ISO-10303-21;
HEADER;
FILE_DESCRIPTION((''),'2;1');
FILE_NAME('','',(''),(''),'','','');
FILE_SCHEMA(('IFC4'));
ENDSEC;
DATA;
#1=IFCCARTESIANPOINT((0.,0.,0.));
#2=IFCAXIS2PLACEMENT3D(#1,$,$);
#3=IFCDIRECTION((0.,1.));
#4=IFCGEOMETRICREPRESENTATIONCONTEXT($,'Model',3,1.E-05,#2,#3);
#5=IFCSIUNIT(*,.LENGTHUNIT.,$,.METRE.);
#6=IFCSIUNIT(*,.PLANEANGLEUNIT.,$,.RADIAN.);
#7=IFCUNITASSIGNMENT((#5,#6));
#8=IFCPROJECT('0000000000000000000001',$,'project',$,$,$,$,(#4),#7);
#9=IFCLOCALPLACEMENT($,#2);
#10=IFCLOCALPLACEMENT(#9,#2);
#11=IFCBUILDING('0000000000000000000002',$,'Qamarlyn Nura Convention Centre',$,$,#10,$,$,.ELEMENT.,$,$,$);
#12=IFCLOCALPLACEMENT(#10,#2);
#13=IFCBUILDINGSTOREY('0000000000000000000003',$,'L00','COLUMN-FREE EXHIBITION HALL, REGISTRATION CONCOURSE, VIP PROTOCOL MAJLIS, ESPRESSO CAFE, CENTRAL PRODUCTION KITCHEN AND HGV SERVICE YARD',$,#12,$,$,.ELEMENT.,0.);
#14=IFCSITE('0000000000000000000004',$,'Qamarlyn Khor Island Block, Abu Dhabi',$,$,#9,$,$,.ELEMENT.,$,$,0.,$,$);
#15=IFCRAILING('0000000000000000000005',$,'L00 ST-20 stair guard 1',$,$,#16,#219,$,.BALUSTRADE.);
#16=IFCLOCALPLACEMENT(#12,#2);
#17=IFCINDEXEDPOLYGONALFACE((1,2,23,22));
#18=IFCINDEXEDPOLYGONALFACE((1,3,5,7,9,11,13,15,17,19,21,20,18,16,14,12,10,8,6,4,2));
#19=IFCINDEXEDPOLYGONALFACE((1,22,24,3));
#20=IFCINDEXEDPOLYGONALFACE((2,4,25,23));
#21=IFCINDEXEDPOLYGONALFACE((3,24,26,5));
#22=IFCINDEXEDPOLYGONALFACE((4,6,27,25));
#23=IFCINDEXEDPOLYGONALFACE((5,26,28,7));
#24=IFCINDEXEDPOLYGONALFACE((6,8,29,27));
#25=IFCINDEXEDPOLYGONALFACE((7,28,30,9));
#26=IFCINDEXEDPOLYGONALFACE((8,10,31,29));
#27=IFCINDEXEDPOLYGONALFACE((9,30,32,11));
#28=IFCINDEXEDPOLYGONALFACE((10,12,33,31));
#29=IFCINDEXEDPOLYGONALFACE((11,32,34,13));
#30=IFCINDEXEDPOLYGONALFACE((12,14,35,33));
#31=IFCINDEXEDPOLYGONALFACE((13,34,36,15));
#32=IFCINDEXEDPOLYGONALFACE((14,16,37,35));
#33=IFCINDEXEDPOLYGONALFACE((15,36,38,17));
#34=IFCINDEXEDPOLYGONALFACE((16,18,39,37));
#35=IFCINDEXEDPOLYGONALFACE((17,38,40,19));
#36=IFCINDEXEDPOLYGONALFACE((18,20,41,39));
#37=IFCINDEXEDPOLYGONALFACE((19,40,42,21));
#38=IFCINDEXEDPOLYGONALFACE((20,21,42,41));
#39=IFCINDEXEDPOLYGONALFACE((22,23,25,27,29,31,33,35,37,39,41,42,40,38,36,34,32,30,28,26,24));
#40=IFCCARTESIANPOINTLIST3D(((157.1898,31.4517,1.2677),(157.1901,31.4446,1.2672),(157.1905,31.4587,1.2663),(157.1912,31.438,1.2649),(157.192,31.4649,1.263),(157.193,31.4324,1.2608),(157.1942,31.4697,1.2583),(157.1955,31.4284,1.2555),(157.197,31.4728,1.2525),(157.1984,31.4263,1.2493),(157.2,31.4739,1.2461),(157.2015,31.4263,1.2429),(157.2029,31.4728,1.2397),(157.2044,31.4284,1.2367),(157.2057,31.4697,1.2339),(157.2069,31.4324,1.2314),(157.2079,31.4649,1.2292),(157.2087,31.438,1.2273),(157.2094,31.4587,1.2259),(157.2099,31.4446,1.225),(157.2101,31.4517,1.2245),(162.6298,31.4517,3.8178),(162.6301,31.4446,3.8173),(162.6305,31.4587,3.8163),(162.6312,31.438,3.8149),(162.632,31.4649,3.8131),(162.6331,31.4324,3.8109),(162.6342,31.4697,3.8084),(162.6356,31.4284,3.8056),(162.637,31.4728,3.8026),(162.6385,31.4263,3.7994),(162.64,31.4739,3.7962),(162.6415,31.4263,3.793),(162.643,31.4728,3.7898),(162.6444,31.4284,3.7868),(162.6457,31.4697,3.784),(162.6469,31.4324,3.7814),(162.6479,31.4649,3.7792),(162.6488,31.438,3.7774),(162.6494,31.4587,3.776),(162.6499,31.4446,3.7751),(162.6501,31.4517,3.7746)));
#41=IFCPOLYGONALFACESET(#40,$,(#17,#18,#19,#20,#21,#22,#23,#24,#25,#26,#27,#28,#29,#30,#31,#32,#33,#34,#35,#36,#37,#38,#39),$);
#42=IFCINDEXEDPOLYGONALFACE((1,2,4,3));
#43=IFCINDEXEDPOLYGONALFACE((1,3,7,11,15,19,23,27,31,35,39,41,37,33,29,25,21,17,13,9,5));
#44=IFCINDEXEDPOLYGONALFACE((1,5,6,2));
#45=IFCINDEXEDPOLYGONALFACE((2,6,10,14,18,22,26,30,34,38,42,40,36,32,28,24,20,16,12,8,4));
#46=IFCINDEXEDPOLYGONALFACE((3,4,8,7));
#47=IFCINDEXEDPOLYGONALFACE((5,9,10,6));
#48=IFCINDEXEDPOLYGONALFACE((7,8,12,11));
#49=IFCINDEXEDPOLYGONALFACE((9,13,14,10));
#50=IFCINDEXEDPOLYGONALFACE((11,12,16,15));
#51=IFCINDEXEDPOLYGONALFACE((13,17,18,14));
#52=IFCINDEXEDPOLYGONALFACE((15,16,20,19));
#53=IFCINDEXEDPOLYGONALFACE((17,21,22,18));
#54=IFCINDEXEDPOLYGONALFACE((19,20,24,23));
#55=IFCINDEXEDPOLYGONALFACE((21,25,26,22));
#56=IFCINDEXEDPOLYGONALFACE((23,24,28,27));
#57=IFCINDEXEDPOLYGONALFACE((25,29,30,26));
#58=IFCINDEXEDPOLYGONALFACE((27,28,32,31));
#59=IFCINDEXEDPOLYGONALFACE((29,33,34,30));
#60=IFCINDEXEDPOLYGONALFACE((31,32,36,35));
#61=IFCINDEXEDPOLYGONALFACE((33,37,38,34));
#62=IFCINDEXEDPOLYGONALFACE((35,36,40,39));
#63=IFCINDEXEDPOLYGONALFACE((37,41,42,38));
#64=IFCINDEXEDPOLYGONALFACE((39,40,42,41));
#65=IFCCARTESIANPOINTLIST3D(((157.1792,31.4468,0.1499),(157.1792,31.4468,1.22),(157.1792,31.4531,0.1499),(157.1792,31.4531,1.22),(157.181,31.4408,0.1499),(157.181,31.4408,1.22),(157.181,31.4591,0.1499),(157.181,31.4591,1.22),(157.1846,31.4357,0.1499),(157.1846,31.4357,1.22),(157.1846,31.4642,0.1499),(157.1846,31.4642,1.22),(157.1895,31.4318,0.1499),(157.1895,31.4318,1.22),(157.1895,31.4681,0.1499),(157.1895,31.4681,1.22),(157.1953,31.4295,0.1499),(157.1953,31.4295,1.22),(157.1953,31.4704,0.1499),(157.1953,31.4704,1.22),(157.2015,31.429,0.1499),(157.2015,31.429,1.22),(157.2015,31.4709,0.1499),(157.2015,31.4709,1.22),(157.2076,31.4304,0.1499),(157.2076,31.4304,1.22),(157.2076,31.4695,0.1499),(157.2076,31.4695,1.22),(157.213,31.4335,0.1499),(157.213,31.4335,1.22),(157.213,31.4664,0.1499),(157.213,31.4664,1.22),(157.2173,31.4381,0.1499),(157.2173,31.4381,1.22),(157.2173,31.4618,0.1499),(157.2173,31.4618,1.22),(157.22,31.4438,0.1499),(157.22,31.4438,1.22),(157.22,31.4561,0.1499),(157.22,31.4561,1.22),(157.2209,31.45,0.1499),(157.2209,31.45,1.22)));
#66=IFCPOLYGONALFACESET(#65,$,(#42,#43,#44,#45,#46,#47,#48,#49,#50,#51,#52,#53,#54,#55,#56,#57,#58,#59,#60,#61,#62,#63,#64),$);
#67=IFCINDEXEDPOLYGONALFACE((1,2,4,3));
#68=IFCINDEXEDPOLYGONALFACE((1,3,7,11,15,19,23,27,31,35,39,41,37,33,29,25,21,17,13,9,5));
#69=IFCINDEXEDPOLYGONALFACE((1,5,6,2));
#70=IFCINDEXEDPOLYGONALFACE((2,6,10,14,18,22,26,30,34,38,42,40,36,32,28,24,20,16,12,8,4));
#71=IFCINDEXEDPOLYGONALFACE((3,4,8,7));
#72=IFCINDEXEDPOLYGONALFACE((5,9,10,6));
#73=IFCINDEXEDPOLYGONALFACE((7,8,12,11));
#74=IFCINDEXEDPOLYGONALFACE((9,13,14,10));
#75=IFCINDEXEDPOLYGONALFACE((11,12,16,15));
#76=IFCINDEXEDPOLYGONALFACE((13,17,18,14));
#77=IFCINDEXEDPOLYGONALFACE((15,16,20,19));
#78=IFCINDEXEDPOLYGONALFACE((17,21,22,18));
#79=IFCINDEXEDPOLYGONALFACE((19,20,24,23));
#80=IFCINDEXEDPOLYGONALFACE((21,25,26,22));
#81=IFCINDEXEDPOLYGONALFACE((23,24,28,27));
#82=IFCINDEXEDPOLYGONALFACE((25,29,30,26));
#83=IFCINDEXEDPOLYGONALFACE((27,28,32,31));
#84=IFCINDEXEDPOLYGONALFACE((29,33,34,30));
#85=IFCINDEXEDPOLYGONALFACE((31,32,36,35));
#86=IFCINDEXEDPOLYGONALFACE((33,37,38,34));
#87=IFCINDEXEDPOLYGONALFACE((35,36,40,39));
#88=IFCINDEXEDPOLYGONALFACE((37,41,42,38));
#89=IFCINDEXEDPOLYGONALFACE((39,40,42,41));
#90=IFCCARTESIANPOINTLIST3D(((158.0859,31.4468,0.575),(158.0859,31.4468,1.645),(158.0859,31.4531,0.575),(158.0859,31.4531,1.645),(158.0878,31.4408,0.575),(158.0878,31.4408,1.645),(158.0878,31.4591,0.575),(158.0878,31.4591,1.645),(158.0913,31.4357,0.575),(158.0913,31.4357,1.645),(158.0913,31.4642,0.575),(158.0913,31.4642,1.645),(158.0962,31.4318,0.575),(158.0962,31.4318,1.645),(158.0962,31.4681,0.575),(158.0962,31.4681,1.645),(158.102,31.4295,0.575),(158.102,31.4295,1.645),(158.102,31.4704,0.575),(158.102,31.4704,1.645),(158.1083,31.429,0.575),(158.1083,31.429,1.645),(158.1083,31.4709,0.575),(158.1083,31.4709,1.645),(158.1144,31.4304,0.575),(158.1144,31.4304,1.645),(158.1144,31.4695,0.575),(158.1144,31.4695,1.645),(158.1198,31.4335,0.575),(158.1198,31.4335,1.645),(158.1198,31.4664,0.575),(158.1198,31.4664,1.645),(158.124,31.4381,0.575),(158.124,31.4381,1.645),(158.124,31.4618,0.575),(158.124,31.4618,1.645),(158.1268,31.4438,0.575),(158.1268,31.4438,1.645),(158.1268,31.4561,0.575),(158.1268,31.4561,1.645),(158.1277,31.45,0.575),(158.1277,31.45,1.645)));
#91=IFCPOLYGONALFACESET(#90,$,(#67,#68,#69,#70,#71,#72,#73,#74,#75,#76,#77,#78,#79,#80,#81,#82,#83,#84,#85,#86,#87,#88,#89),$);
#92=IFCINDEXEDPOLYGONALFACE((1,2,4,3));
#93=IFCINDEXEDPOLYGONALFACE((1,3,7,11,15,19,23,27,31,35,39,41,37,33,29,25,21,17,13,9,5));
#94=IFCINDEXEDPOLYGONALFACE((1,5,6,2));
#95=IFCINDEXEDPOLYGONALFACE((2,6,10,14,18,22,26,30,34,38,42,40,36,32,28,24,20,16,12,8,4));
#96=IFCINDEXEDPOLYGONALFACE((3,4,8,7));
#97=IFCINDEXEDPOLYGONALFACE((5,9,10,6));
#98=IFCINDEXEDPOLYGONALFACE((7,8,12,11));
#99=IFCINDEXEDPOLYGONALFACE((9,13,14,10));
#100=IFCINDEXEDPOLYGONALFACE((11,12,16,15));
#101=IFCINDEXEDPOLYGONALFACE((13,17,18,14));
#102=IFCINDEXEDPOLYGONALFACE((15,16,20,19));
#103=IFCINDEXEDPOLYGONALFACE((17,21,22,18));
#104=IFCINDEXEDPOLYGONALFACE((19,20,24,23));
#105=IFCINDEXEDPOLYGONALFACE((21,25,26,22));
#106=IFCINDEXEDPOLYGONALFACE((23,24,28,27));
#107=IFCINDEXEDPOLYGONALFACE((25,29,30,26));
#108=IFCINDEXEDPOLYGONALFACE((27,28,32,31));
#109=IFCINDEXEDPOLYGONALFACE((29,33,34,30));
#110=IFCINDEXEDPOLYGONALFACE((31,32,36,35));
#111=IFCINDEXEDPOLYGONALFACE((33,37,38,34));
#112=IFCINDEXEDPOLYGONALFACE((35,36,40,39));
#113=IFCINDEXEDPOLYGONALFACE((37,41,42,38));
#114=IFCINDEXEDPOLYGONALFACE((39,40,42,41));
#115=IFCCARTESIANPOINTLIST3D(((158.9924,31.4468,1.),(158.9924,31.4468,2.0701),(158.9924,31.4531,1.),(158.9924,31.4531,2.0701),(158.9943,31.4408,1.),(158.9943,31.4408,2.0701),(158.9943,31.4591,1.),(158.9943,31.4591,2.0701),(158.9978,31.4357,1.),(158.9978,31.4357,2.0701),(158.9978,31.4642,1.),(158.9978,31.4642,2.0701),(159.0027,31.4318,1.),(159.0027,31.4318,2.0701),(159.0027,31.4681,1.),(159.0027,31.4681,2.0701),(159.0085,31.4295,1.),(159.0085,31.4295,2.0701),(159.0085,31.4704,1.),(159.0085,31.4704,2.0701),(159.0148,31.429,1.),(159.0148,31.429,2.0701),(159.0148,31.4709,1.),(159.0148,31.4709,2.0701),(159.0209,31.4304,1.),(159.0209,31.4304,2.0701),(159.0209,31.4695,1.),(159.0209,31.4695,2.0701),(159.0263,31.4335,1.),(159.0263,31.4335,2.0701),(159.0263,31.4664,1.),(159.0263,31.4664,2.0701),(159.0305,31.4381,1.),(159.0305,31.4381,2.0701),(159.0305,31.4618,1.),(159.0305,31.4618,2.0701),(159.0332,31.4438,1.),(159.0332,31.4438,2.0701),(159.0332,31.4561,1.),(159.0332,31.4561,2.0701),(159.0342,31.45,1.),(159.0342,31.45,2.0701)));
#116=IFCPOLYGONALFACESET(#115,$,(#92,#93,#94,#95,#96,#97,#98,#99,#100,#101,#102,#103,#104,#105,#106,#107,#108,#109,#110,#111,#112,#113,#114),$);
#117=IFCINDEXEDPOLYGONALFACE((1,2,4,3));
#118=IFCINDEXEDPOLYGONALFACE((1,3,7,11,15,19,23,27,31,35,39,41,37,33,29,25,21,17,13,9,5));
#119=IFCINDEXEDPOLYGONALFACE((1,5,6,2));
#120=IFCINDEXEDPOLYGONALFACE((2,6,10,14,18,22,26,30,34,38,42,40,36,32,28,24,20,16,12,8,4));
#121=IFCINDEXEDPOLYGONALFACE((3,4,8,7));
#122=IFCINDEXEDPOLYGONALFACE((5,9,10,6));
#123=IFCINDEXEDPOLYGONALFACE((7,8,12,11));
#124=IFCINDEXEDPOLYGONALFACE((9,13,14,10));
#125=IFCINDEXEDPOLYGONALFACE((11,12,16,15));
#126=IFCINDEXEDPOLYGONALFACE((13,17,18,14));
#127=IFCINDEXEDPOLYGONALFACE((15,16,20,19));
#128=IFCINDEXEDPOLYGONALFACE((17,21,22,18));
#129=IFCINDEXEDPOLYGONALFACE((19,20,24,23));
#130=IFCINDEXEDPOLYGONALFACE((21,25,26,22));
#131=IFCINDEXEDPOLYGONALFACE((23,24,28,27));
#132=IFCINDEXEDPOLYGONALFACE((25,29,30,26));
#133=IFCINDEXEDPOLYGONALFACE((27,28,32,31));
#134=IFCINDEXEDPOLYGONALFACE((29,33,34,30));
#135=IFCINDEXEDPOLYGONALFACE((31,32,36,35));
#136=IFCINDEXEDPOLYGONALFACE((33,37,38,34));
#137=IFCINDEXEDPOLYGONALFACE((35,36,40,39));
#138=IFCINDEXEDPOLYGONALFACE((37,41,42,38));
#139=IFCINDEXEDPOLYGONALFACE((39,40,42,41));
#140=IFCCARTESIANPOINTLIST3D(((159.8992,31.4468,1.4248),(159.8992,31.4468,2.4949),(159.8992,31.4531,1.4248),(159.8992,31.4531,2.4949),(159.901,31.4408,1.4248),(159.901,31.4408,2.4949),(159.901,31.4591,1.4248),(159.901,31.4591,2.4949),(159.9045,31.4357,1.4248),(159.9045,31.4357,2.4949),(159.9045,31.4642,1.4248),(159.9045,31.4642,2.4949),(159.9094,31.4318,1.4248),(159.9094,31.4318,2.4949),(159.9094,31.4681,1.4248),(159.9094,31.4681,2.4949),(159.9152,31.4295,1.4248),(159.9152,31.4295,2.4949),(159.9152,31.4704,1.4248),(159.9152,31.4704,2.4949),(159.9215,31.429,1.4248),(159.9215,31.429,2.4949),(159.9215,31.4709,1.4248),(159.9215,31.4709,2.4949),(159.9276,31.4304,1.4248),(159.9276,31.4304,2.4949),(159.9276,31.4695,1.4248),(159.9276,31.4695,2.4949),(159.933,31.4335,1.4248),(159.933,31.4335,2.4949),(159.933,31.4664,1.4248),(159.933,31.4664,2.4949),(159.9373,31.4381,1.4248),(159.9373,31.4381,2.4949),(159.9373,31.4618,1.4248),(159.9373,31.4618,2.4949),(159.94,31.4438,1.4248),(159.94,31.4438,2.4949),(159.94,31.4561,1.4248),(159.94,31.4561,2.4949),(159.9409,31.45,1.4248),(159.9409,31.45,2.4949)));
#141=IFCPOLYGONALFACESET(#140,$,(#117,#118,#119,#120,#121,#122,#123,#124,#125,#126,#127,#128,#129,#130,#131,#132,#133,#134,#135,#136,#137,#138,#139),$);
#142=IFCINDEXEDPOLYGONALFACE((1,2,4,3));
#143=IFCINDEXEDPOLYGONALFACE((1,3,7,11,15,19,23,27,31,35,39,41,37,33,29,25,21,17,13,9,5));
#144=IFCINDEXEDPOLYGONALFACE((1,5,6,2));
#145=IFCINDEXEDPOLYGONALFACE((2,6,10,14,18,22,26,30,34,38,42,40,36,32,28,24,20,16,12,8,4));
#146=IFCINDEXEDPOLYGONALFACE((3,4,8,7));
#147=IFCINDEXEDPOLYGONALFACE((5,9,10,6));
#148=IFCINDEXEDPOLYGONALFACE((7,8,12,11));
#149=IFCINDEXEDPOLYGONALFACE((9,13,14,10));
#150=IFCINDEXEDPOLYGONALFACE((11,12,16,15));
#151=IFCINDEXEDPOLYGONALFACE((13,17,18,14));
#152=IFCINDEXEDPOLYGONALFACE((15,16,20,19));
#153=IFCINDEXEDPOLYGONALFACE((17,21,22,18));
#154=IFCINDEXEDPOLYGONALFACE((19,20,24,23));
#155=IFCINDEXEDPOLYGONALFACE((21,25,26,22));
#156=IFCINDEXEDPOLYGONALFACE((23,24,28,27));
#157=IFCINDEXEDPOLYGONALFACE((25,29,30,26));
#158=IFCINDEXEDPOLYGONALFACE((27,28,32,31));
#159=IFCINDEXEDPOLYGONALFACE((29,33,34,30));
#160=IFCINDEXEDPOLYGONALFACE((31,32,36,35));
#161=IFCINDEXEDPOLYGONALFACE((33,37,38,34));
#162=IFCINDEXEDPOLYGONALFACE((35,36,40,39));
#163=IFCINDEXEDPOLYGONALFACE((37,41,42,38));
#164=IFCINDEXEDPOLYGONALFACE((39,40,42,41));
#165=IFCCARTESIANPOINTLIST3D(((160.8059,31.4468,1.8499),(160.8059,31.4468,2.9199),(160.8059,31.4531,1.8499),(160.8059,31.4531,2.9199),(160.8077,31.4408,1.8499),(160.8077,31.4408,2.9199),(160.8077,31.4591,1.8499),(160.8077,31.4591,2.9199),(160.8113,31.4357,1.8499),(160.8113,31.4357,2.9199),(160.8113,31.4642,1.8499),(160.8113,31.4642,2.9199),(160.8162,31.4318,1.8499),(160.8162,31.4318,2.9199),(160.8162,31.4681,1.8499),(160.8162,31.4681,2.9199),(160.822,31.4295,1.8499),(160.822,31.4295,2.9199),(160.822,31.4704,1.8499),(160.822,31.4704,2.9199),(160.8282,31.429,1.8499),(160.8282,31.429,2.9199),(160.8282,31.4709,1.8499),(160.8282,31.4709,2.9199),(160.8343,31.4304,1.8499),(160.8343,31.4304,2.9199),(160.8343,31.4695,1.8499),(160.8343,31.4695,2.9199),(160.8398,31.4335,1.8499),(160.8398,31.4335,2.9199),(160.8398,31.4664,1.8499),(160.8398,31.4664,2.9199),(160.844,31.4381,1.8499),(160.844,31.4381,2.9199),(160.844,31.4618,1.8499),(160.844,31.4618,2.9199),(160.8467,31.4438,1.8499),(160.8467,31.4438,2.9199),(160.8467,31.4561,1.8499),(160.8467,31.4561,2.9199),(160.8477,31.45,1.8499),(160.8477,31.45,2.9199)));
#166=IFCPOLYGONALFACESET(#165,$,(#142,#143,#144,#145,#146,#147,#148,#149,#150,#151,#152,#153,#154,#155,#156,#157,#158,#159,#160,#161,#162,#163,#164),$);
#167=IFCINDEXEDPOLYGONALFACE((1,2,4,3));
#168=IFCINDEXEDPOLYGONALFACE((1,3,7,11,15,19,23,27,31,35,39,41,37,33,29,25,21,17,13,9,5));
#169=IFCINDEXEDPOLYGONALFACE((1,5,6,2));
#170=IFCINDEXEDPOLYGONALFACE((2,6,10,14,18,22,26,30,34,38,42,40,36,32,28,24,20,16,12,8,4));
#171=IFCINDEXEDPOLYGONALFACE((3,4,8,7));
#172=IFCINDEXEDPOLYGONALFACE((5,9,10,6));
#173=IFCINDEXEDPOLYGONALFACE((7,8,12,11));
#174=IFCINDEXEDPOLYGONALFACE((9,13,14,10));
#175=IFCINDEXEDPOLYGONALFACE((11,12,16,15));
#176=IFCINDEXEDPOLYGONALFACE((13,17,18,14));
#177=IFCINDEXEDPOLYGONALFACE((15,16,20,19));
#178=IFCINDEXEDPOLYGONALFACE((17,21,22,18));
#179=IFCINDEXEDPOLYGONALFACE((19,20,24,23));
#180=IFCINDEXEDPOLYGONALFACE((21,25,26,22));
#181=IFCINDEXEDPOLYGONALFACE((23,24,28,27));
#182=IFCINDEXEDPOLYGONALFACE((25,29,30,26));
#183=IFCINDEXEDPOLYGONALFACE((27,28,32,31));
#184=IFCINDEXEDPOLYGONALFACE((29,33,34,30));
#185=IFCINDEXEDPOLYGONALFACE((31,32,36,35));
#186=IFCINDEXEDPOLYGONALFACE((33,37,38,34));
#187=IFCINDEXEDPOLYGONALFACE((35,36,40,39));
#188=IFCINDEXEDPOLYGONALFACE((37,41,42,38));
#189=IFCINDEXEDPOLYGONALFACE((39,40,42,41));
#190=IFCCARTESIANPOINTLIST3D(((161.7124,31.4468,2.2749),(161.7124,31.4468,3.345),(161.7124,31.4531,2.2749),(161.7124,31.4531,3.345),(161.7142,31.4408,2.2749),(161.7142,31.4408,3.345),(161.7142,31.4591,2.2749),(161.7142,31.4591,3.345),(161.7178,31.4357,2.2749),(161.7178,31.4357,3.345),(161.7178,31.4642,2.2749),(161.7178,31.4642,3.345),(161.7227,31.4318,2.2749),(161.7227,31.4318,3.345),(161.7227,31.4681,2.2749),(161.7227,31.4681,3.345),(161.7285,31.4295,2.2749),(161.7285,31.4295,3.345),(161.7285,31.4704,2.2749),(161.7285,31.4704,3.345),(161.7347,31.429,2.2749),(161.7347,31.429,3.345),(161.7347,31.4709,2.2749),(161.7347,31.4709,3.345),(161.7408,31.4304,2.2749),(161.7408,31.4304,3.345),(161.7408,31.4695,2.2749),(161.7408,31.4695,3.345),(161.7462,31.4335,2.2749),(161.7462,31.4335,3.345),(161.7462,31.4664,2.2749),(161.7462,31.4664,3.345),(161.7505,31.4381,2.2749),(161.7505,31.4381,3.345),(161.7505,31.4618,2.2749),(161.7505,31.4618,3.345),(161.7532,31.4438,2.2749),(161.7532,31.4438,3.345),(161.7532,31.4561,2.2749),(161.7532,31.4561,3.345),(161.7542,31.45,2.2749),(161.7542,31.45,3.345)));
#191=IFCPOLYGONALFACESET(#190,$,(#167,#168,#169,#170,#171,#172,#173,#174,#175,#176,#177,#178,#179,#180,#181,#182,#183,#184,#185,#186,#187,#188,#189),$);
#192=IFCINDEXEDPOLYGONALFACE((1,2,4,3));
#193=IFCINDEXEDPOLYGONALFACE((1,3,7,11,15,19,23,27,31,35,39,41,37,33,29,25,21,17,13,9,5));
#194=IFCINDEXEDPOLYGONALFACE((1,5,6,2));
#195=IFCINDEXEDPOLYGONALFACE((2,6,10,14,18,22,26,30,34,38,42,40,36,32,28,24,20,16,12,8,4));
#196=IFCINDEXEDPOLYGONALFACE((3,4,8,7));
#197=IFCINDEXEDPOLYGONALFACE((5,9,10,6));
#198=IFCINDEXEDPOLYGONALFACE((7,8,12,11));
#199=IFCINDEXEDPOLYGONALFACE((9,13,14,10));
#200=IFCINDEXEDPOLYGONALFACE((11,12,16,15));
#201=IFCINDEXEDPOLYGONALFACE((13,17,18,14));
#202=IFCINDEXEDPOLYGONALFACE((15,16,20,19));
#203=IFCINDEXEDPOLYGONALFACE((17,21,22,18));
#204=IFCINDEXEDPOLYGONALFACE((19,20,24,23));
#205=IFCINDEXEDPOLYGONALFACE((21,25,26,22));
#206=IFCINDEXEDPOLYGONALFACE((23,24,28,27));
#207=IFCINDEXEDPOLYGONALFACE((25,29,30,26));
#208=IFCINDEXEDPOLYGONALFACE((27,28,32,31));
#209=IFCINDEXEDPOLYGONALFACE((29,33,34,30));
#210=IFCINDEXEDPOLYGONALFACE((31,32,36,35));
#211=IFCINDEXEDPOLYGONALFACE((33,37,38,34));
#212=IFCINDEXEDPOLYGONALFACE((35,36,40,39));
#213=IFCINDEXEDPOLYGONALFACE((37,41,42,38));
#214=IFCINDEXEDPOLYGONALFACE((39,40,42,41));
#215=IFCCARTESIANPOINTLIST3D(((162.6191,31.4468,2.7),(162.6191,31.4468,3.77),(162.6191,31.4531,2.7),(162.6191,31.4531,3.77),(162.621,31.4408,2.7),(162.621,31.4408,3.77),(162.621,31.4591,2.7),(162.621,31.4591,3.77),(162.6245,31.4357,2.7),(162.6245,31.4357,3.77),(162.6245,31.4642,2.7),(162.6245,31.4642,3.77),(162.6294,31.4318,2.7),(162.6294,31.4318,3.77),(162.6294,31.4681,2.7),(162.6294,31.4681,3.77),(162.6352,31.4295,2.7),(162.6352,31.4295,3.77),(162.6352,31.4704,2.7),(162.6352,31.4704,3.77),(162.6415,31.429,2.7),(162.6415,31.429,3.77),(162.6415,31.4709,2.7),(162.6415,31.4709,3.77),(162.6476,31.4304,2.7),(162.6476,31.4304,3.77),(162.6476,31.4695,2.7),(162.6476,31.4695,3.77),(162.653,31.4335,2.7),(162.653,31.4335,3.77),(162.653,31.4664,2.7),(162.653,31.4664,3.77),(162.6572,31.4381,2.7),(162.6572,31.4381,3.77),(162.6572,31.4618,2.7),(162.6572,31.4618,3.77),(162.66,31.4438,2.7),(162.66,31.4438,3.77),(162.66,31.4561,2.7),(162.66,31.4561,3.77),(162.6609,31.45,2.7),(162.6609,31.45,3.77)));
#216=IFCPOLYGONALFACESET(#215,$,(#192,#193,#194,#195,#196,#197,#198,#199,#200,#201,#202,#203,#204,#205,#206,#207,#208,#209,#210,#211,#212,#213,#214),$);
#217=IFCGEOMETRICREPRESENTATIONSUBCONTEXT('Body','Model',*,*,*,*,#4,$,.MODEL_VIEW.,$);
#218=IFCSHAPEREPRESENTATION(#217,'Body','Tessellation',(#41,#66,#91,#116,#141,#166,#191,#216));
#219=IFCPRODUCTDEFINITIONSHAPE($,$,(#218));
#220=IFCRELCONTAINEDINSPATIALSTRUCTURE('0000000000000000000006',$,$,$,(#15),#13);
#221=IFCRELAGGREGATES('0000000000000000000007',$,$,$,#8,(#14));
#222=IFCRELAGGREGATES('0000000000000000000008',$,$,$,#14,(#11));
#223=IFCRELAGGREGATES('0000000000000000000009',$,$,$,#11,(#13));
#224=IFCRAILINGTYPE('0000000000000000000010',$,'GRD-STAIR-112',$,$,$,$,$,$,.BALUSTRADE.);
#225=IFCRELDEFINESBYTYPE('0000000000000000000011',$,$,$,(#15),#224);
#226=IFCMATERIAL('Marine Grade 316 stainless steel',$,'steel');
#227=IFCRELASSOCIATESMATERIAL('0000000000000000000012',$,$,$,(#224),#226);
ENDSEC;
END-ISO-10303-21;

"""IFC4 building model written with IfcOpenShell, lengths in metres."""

from ifc_helpers import new_model, si_unit, direction, frame, origin, origin_2d, place, context, subcontext, project, spatial, circle, extrude, material, type_object, element, save


model = new_model("IFC4")

# Units and contexts
model_context = context("Model", 3, precision=1e-05, world=origin(), true_north=direction((0.0, 1.0)))
body_context = subcontext(model_context, "Body", "Model", "MODEL_VIEW")
ifc_project = project(units=[si_unit("LENGTHUNIT", "METRE"), si_unit("PLANEANGLEUNIT", "RADIAN")], contexts=[model_context])

# Site, building, storey
site_placement = place(None, origin())
site = spatial("IfcSite", under=ifc_project, at=site_placement, Name="Qamarlyn Khor Island Block, Abu Dhabi", CompositionType="ELEMENT", RefElevation=0.0)
building_placement = place(site_placement, origin())
building = spatial("IfcBuilding", under=site, at=building_placement, Name="Qamarlyn Nura Convention Centre", CompositionType="ELEMENT")
storey_placement = place(building_placement, origin())
storey = spatial("IfcBuildingStorey", under=building, at=storey_placement, Name="L00", Description="COLUMN-FREE EXHIBITION HALL, REGISTRATION CONCOURSE, VIP PROTOCOL MAJLIS, ESPRESSO CAFE, CENTRAL PRODUCTION KITCHEN AND HGV SERVICE YARD", CompositionType="ELEMENT", Elevation=0.0)

# Railing
ifc_material_1 = material(Name="Marine Grade 316 stainless steel", Category="steel")
railing_type_1 = type_object("IfcRailingType", Name="GRD-STAIR-112", PredefinedType="BALUSTRADE", material=ifc_material_1)
railing_1_placement = place(storey_placement, frame((157.2, 31.45, 0.1499)))
element("IfcRailing", 1, at=railing_1_placement, inside=storey, type_object=railing_type_1, Name="L00 ST-20 stair guard 1", PredefinedType="BALUSTRADE", context=body_context, shape_type="SweptSolid", body=[
    extrude(circle(Radius=0.0239, at=origin_2d()), frame((0.0, 0.0, 1.0962), z_axis=(0.905454, 0.0, 0.424444), x_axis=(0.0, 1.0, 0.0)), (0.0, 0.0, 1.0), 6.0081),
    extrude(circle(Radius=0.021, at=origin_2d()), origin(), (0.0, 0.0, 1.0), 1.0701),
    extrude(circle(Radius=0.021, at=origin_2d()), frame((0.9067, 0.0, 0.425)), (0.0, 0.0, 1.0), 1.0701),
    extrude(circle(Radius=0.021, at=origin_2d()), frame((1.8132, 0.0, 0.8501)), (0.0, 0.0, 1.0), 1.0701),
    extrude(circle(Radius=0.021, at=origin_2d()), frame((2.72, 0.0, 1.2749)), (0.0, 0.0, 1.0), 1.0701),
    extrude(circle(Radius=0.021, at=origin_2d()), frame((3.6267, 0.0, 1.7)), (0.0, 0.0, 1.0), 1.0701),
    extrude(circle(Radius=0.021, at=origin_2d()), frame((4.5332, 0.0, 2.125)), (0.0, 0.0, 1.0), 1.0701),
    extrude(circle(Radius=0.021, at=origin_2d()), frame((5.4399, 0.0, 2.55)), (0.0, 0.0, 1.0), 1.0701),
])

save(model, "model.ifc")
